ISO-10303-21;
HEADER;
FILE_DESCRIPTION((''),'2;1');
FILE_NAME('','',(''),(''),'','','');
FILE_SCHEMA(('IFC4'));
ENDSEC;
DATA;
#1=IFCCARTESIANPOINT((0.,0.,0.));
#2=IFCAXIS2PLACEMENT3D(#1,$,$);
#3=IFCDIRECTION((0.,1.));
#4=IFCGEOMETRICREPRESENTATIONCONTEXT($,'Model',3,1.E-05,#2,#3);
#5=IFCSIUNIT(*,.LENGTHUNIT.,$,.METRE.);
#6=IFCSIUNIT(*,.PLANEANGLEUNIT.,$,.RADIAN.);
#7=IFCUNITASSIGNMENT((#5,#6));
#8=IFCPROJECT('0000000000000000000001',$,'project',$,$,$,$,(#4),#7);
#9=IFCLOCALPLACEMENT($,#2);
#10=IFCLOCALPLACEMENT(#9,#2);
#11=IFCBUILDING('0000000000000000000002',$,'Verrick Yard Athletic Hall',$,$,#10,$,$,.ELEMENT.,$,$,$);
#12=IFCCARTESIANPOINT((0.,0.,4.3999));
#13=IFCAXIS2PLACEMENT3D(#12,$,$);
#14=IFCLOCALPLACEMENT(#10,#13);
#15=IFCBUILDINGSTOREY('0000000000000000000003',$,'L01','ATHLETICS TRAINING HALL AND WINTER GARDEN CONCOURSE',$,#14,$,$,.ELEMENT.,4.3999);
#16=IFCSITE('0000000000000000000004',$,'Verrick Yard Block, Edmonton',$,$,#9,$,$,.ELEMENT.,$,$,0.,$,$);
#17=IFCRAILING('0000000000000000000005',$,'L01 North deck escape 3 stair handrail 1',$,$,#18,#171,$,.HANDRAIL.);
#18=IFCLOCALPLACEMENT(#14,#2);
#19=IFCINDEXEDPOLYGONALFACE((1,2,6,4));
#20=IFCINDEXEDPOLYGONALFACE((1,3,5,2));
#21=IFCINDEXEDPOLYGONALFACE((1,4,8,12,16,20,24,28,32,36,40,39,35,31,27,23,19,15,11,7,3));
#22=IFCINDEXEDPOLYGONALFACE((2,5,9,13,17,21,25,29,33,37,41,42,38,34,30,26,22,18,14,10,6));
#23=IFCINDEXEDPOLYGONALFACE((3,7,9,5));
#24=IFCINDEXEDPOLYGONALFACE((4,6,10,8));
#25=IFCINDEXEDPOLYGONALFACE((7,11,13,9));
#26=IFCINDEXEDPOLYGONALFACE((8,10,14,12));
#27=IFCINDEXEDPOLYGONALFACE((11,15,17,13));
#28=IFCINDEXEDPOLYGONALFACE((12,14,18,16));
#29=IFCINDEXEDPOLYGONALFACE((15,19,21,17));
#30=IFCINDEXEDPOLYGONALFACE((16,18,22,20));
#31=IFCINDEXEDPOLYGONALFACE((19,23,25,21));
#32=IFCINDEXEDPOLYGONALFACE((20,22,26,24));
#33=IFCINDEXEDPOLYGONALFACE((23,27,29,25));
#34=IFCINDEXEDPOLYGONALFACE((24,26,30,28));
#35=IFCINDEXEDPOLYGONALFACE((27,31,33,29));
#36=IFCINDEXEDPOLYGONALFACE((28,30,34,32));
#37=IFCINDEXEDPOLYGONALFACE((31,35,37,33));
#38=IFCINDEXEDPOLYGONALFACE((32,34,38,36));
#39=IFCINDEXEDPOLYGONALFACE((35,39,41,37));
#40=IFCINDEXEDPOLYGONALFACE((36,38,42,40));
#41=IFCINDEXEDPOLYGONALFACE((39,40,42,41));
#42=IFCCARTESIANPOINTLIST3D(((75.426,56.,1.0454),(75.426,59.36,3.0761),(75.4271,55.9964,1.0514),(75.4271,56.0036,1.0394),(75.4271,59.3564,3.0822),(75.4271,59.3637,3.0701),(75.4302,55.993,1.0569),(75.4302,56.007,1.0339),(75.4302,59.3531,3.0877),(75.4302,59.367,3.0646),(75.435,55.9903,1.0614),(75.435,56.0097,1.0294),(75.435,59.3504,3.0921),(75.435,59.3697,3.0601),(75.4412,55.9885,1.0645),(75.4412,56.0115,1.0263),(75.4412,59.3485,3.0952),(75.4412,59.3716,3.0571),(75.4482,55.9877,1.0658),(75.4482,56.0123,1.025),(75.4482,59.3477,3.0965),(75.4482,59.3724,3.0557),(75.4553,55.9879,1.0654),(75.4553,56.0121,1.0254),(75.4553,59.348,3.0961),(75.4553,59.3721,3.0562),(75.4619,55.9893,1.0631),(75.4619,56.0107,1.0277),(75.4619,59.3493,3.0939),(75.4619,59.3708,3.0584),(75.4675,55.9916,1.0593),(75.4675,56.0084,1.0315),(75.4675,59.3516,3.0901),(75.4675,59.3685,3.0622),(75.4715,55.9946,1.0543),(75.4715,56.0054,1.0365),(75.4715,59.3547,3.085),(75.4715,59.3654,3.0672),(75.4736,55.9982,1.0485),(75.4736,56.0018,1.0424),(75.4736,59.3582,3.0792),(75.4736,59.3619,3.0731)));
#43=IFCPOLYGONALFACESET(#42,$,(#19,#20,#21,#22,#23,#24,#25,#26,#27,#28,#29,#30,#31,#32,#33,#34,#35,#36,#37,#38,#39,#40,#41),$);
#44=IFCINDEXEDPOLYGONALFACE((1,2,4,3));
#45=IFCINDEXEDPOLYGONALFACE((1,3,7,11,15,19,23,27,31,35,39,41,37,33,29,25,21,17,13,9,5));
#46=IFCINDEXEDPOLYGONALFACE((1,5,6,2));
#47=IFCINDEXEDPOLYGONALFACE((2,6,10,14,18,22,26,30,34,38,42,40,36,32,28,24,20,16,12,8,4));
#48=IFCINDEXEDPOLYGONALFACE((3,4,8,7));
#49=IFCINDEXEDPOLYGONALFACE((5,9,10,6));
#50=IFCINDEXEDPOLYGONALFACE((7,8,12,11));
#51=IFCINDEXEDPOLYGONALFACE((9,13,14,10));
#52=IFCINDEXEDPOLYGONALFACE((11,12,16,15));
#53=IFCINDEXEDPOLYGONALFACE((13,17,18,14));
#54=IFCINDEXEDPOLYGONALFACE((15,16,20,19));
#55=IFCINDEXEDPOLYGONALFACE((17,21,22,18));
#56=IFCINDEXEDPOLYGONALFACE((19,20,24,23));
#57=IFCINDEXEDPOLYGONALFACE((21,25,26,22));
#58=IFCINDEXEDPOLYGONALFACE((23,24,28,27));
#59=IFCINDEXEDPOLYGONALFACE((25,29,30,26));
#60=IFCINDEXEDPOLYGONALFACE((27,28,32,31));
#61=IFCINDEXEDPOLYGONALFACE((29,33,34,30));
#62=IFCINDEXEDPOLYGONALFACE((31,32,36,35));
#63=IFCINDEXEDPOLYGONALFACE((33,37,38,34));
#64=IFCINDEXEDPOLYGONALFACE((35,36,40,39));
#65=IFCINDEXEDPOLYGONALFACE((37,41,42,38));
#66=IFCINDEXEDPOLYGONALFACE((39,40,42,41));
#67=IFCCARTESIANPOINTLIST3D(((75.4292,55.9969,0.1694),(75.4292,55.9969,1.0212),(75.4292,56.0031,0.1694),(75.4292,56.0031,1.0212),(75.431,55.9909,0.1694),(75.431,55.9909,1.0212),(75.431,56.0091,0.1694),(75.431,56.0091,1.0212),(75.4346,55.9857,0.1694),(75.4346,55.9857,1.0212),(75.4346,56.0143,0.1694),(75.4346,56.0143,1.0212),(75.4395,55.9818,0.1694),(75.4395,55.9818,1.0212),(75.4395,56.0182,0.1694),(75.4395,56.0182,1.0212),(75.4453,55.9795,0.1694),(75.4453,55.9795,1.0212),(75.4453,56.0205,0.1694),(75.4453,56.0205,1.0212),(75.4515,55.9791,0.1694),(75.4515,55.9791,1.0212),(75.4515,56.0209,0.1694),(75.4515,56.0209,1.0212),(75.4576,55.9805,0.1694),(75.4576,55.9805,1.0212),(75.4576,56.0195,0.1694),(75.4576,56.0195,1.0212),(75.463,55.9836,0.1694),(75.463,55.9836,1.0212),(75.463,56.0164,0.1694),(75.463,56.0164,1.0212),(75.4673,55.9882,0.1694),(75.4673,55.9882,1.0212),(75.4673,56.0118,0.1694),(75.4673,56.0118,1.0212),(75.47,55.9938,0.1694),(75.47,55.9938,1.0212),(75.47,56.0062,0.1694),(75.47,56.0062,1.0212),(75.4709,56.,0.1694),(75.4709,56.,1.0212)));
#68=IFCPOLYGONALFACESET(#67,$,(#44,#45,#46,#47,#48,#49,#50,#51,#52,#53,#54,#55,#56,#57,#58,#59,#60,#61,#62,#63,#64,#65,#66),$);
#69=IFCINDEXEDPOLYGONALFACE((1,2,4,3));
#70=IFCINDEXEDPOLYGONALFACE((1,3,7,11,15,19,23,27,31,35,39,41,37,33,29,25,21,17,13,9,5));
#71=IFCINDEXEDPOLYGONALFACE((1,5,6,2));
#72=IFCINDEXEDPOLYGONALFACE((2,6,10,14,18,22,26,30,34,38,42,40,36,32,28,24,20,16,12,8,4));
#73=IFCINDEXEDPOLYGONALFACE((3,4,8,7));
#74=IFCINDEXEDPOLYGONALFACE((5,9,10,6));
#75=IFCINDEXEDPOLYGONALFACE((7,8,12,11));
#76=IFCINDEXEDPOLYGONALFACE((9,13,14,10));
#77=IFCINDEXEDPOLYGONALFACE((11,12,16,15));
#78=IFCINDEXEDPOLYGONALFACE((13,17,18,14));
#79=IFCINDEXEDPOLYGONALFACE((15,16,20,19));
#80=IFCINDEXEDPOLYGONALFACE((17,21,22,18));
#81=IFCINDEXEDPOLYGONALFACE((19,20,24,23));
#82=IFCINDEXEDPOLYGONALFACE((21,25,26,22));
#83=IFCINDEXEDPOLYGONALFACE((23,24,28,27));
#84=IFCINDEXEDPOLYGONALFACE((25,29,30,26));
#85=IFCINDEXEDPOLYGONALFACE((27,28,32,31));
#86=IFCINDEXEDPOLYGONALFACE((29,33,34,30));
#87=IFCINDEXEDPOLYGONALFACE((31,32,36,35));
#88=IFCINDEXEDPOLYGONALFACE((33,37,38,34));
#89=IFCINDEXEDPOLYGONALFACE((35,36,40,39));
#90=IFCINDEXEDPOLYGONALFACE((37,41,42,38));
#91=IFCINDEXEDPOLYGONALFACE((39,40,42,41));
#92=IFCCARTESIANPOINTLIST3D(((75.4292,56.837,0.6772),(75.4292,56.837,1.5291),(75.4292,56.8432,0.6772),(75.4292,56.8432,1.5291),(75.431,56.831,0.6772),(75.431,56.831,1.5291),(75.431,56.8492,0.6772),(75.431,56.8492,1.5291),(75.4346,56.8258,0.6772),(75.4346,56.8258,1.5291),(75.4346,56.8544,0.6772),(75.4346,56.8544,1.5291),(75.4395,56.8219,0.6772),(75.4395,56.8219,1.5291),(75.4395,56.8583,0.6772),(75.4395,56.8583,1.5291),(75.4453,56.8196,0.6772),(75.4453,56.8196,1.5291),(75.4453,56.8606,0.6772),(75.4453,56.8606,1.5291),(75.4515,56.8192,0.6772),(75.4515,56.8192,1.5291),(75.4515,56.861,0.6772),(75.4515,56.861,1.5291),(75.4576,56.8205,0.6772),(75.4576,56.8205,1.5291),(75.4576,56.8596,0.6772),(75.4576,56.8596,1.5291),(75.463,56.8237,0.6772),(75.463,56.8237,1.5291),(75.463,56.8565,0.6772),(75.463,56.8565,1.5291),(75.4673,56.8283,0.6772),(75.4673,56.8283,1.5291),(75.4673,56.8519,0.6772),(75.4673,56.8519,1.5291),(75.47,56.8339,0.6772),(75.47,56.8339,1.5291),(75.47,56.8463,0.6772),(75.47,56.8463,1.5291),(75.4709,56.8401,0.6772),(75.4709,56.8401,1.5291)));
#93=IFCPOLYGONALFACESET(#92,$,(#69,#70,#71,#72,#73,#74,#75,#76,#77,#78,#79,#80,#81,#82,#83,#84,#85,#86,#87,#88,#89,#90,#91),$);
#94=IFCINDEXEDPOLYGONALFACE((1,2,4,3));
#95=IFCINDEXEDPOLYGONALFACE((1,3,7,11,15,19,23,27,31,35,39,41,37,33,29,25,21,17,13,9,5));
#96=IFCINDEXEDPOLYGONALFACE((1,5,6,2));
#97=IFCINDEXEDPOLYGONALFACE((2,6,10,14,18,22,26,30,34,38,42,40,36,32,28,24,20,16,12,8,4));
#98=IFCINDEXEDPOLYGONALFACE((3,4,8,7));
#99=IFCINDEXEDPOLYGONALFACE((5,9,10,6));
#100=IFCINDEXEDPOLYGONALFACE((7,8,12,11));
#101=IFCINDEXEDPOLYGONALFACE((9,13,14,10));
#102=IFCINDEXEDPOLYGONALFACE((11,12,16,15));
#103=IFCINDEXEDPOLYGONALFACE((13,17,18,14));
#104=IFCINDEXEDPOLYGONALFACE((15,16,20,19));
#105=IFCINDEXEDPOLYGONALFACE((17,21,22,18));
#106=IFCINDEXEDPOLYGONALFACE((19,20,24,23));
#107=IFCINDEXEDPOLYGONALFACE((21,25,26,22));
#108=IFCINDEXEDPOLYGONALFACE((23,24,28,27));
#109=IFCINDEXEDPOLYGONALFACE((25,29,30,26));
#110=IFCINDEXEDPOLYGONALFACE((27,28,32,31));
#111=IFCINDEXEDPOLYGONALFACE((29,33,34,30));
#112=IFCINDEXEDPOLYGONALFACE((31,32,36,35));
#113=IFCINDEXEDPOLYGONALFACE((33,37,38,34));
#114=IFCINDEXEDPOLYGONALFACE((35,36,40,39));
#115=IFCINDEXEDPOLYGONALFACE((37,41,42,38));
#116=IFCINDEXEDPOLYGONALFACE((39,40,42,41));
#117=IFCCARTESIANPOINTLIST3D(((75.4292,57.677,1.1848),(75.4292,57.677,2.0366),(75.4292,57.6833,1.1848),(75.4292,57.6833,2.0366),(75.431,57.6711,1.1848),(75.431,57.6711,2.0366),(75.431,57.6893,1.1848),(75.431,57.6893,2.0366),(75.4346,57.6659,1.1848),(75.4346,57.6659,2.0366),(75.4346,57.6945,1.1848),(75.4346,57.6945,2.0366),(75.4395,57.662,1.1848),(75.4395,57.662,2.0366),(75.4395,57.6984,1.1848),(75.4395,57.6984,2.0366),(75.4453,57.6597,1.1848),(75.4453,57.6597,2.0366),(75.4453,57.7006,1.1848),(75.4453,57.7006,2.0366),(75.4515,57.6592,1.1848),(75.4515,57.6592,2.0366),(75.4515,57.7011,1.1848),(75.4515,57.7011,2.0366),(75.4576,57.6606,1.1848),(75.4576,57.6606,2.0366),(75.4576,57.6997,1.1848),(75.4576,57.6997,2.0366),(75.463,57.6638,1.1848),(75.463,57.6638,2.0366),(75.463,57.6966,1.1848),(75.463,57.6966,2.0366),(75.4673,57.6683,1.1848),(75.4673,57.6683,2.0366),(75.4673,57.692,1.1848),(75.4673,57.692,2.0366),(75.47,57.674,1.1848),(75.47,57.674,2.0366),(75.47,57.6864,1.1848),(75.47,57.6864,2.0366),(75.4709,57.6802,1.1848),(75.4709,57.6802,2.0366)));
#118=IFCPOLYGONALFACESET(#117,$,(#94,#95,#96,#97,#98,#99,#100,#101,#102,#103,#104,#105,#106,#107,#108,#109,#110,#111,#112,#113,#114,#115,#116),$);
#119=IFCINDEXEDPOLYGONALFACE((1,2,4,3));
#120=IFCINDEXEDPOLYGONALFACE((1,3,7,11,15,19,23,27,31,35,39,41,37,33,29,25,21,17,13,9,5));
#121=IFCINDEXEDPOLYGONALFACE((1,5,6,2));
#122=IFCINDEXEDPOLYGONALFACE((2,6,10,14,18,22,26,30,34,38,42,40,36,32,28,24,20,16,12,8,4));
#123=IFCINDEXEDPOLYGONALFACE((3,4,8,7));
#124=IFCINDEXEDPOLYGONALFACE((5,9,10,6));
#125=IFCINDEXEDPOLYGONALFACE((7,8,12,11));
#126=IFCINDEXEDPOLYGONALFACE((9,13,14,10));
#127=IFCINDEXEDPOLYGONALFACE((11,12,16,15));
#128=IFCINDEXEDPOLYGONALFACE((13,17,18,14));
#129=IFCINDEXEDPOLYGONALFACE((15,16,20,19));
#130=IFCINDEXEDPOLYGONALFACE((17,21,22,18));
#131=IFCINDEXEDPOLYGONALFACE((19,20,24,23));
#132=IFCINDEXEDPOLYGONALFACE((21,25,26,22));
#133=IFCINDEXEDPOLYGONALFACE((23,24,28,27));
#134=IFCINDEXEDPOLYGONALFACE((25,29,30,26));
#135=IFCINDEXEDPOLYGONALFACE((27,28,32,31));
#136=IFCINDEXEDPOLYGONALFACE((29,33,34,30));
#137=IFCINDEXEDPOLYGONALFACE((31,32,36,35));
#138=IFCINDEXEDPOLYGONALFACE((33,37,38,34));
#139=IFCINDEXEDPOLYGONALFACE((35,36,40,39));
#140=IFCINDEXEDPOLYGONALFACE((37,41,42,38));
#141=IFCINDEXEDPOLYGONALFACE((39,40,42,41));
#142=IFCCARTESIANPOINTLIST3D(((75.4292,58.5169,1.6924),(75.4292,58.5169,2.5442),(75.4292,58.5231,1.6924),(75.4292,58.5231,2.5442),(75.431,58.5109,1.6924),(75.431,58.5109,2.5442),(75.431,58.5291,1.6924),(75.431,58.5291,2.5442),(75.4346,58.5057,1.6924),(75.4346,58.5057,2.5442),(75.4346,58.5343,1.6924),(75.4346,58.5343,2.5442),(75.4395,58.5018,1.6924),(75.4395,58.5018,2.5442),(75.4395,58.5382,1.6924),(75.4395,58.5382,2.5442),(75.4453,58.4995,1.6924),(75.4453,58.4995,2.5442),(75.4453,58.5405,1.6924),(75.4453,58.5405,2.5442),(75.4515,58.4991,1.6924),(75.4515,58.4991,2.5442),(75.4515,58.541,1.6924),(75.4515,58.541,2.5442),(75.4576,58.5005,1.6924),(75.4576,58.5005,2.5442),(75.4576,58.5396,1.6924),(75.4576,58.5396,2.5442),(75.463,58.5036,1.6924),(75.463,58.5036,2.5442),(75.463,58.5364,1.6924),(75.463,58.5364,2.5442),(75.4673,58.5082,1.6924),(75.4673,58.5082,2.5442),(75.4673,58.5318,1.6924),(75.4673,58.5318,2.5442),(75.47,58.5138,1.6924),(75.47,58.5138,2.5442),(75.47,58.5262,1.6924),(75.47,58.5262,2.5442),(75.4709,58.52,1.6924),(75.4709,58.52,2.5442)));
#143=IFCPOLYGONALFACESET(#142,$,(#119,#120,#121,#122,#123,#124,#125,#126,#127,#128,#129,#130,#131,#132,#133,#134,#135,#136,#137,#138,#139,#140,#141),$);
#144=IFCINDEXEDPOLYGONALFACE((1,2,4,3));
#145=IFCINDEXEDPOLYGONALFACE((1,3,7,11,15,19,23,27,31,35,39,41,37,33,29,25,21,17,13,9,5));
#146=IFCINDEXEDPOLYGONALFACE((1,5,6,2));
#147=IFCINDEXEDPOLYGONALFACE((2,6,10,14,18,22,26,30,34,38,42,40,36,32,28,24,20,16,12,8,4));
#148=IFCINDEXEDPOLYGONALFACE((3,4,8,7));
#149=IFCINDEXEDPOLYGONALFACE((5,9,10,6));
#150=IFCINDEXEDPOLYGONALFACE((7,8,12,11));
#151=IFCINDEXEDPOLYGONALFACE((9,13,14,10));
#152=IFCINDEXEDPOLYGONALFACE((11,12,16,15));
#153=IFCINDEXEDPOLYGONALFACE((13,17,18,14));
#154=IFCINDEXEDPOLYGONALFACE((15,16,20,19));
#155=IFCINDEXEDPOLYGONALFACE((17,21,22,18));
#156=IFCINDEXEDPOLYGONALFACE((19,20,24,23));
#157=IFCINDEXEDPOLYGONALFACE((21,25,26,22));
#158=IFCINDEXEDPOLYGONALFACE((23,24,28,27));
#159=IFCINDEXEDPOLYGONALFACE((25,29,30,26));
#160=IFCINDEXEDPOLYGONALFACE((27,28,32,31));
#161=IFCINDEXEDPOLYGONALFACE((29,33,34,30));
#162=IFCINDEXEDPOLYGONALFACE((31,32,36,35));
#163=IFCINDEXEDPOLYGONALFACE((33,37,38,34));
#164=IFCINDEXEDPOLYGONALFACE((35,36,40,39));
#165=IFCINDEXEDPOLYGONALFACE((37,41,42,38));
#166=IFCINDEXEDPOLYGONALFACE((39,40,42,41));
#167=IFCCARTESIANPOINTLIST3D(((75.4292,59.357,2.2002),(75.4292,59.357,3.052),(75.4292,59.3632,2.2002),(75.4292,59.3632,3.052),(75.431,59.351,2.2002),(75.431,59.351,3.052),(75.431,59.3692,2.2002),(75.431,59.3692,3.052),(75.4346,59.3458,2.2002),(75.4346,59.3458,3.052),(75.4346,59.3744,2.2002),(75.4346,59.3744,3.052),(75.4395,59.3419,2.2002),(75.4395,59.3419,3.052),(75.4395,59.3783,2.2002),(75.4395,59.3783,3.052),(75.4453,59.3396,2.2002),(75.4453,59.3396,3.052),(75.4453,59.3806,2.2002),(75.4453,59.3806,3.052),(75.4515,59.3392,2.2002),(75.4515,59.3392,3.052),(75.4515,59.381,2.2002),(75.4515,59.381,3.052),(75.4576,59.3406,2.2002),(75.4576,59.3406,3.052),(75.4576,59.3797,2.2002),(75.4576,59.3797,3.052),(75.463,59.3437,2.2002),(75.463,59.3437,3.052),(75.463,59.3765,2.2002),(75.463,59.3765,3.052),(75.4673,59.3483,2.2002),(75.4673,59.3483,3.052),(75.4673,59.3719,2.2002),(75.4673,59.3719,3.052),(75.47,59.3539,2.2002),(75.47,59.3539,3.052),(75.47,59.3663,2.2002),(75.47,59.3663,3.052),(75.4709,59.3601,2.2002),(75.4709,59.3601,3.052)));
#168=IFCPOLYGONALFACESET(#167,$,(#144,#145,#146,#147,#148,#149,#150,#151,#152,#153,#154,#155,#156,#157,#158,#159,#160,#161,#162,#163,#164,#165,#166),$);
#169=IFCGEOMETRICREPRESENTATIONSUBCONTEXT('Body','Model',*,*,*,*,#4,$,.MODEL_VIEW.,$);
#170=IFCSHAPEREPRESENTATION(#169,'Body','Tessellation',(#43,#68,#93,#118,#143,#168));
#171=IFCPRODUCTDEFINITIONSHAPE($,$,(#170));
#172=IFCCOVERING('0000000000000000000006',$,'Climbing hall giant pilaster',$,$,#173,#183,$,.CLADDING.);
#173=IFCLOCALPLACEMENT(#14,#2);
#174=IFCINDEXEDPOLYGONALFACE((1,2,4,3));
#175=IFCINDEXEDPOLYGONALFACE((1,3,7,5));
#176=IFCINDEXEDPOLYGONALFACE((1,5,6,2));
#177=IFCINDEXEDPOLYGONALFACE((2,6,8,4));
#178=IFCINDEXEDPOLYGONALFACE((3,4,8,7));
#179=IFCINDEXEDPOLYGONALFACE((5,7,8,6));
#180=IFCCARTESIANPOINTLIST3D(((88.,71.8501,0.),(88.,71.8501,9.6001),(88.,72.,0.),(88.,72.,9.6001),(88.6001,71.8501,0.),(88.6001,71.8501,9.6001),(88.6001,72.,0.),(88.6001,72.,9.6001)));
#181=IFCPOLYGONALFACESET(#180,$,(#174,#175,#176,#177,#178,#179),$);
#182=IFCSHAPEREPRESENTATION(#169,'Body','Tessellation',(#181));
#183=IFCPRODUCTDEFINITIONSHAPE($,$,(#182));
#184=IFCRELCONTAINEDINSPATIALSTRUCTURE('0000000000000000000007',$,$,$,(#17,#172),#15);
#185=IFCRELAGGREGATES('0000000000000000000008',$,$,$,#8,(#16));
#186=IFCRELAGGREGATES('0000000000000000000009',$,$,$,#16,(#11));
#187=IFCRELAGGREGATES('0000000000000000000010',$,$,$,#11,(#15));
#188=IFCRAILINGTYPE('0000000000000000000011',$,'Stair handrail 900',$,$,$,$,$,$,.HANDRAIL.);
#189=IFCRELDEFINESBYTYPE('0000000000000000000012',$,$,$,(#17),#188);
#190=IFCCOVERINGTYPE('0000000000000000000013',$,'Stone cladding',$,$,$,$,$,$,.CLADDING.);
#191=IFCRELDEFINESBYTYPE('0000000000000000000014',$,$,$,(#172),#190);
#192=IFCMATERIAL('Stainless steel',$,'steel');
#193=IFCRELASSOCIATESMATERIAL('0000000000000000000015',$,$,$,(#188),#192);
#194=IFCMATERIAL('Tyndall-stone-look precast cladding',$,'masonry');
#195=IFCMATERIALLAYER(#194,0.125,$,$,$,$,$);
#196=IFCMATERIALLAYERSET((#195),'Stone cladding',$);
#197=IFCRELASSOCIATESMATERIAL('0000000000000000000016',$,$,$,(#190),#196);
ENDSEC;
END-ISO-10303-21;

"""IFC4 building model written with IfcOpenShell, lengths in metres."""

from ifc_helpers import new_model, si_unit, direction, frame, origin, origin_2d, place, context, subcontext, project, spatial, rectangle, circle, extrude, material, layer, layer_set, type_object, element, save


model = new_model("IFC4")

# Units and contexts
model_context = context("Model", 3, precision=1e-05, world=origin(), true_north=direction((0.0, 1.0)))
body_context = subcontext(model_context, "Body", "Model", "MODEL_VIEW")
ifc_project = project(units=[si_unit("LENGTHUNIT", "METRE"), si_unit("PLANEANGLEUNIT", "RADIAN")], contexts=[model_context])

# Site, building, storey
site_placement = place(None, origin())
site = spatial("IfcSite", under=ifc_project, at=site_placement, Name="Verrick Yard Block, Edmonton", CompositionType="ELEMENT", RefElevation=0.0)
building_placement = place(site_placement, origin())
building = spatial("IfcBuilding", under=site, at=building_placement, Name="Verrick Yard Athletic Hall", CompositionType="ELEMENT")
storey_placement = place(building_placement, frame((0.0, 0.0, 4.3999)))
storey = spatial("IfcBuildingStorey", under=building, at=storey_placement, Name="L01", Description="ATHLETICS TRAINING HALL AND WINTER GARDEN CONCOURSE", CompositionType="ELEMENT", Elevation=4.3999)

# Shared definitions
ifc_material_1 = material(Name="Tyndall-stone-look precast cladding", Category="masonry")

# Railing
ifc_material_2 = material(Name="Stainless steel", Category="steel")
railing_type_1 = type_object("IfcRailingType", Name="Stair handrail 900", PredefinedType="HANDRAIL", material=ifc_material_2)
railing_1_placement = place(storey_placement, frame((75.45, 56.0, 0.1694)))
element("IfcRailing", 1, at=railing_1_placement, inside=storey, type_object=railing_type_1, Name="L01 North deck escape 3 stair handrail 1", PredefinedType="HANDRAIL", context=body_context, shape_type="SweptSolid", body=[
    extrude(circle(Radius=0.0239, at=origin_2d()), frame((0.0, 0.0, 0.876), z_axis=(0.0, 0.855837, 0.517246), x_axis=(-1.0, 0.0, 0.0)), (0.0, 0.0, 1.0), 3.926),
    extrude(circle(Radius=0.021, at=origin_2d()), origin(), (0.0, 0.0, 1.0), 0.8518),
    extrude(circle(Radius=0.021, at=origin_2d()), frame((0.0, 0.8401, 0.5078)), (0.0, 0.0, 1.0), 0.8518),
    extrude(circle(Radius=0.021, at=origin_2d()), frame((0.0, 1.6802, 1.0154)), (0.0, 0.0, 1.0), 0.8518),
    extrude(circle(Radius=0.021, at=origin_2d()), frame((0.0, 2.52, 1.5229)), (0.0, 0.0, 1.0), 0.8518),
    extrude(circle(Radius=0.021, at=origin_2d()), frame((0.0, 3.3601, 2.0308)), (0.0, 0.0, 1.0), 0.8518),
])

# Covering
ifc_layer_1 = layer(ifc_material_1, 0.125)
ifc_layer_set_1 = layer_set([ifc_layer_1], Name="Stone cladding")
covering_type_1 = type_object("IfcCoveringType", Name="Stone cladding", PredefinedType="CLADDING", material=ifc_layer_set_1)
covering_1_placement = place(storey_placement, frame((88.3, 71.925, 0.0), z_axis=(0.0, 0.0, 1.0), x_axis=(1.0, 0.0, 0.0)))
element("IfcCovering", 2, at=covering_1_placement, inside=storey, type_object=covering_type_1, Name="Climbing hall giant pilaster", PredefinedType="CLADDING", context=body_context, shape_type="SweptSolid", body=[
    extrude(rectangle(XDim=0.6001, YDim=0.1499, at=origin_2d()), origin(), (0.0, 0.0, 1.0), 9.6001),
])

save(model, "model.ifc")
